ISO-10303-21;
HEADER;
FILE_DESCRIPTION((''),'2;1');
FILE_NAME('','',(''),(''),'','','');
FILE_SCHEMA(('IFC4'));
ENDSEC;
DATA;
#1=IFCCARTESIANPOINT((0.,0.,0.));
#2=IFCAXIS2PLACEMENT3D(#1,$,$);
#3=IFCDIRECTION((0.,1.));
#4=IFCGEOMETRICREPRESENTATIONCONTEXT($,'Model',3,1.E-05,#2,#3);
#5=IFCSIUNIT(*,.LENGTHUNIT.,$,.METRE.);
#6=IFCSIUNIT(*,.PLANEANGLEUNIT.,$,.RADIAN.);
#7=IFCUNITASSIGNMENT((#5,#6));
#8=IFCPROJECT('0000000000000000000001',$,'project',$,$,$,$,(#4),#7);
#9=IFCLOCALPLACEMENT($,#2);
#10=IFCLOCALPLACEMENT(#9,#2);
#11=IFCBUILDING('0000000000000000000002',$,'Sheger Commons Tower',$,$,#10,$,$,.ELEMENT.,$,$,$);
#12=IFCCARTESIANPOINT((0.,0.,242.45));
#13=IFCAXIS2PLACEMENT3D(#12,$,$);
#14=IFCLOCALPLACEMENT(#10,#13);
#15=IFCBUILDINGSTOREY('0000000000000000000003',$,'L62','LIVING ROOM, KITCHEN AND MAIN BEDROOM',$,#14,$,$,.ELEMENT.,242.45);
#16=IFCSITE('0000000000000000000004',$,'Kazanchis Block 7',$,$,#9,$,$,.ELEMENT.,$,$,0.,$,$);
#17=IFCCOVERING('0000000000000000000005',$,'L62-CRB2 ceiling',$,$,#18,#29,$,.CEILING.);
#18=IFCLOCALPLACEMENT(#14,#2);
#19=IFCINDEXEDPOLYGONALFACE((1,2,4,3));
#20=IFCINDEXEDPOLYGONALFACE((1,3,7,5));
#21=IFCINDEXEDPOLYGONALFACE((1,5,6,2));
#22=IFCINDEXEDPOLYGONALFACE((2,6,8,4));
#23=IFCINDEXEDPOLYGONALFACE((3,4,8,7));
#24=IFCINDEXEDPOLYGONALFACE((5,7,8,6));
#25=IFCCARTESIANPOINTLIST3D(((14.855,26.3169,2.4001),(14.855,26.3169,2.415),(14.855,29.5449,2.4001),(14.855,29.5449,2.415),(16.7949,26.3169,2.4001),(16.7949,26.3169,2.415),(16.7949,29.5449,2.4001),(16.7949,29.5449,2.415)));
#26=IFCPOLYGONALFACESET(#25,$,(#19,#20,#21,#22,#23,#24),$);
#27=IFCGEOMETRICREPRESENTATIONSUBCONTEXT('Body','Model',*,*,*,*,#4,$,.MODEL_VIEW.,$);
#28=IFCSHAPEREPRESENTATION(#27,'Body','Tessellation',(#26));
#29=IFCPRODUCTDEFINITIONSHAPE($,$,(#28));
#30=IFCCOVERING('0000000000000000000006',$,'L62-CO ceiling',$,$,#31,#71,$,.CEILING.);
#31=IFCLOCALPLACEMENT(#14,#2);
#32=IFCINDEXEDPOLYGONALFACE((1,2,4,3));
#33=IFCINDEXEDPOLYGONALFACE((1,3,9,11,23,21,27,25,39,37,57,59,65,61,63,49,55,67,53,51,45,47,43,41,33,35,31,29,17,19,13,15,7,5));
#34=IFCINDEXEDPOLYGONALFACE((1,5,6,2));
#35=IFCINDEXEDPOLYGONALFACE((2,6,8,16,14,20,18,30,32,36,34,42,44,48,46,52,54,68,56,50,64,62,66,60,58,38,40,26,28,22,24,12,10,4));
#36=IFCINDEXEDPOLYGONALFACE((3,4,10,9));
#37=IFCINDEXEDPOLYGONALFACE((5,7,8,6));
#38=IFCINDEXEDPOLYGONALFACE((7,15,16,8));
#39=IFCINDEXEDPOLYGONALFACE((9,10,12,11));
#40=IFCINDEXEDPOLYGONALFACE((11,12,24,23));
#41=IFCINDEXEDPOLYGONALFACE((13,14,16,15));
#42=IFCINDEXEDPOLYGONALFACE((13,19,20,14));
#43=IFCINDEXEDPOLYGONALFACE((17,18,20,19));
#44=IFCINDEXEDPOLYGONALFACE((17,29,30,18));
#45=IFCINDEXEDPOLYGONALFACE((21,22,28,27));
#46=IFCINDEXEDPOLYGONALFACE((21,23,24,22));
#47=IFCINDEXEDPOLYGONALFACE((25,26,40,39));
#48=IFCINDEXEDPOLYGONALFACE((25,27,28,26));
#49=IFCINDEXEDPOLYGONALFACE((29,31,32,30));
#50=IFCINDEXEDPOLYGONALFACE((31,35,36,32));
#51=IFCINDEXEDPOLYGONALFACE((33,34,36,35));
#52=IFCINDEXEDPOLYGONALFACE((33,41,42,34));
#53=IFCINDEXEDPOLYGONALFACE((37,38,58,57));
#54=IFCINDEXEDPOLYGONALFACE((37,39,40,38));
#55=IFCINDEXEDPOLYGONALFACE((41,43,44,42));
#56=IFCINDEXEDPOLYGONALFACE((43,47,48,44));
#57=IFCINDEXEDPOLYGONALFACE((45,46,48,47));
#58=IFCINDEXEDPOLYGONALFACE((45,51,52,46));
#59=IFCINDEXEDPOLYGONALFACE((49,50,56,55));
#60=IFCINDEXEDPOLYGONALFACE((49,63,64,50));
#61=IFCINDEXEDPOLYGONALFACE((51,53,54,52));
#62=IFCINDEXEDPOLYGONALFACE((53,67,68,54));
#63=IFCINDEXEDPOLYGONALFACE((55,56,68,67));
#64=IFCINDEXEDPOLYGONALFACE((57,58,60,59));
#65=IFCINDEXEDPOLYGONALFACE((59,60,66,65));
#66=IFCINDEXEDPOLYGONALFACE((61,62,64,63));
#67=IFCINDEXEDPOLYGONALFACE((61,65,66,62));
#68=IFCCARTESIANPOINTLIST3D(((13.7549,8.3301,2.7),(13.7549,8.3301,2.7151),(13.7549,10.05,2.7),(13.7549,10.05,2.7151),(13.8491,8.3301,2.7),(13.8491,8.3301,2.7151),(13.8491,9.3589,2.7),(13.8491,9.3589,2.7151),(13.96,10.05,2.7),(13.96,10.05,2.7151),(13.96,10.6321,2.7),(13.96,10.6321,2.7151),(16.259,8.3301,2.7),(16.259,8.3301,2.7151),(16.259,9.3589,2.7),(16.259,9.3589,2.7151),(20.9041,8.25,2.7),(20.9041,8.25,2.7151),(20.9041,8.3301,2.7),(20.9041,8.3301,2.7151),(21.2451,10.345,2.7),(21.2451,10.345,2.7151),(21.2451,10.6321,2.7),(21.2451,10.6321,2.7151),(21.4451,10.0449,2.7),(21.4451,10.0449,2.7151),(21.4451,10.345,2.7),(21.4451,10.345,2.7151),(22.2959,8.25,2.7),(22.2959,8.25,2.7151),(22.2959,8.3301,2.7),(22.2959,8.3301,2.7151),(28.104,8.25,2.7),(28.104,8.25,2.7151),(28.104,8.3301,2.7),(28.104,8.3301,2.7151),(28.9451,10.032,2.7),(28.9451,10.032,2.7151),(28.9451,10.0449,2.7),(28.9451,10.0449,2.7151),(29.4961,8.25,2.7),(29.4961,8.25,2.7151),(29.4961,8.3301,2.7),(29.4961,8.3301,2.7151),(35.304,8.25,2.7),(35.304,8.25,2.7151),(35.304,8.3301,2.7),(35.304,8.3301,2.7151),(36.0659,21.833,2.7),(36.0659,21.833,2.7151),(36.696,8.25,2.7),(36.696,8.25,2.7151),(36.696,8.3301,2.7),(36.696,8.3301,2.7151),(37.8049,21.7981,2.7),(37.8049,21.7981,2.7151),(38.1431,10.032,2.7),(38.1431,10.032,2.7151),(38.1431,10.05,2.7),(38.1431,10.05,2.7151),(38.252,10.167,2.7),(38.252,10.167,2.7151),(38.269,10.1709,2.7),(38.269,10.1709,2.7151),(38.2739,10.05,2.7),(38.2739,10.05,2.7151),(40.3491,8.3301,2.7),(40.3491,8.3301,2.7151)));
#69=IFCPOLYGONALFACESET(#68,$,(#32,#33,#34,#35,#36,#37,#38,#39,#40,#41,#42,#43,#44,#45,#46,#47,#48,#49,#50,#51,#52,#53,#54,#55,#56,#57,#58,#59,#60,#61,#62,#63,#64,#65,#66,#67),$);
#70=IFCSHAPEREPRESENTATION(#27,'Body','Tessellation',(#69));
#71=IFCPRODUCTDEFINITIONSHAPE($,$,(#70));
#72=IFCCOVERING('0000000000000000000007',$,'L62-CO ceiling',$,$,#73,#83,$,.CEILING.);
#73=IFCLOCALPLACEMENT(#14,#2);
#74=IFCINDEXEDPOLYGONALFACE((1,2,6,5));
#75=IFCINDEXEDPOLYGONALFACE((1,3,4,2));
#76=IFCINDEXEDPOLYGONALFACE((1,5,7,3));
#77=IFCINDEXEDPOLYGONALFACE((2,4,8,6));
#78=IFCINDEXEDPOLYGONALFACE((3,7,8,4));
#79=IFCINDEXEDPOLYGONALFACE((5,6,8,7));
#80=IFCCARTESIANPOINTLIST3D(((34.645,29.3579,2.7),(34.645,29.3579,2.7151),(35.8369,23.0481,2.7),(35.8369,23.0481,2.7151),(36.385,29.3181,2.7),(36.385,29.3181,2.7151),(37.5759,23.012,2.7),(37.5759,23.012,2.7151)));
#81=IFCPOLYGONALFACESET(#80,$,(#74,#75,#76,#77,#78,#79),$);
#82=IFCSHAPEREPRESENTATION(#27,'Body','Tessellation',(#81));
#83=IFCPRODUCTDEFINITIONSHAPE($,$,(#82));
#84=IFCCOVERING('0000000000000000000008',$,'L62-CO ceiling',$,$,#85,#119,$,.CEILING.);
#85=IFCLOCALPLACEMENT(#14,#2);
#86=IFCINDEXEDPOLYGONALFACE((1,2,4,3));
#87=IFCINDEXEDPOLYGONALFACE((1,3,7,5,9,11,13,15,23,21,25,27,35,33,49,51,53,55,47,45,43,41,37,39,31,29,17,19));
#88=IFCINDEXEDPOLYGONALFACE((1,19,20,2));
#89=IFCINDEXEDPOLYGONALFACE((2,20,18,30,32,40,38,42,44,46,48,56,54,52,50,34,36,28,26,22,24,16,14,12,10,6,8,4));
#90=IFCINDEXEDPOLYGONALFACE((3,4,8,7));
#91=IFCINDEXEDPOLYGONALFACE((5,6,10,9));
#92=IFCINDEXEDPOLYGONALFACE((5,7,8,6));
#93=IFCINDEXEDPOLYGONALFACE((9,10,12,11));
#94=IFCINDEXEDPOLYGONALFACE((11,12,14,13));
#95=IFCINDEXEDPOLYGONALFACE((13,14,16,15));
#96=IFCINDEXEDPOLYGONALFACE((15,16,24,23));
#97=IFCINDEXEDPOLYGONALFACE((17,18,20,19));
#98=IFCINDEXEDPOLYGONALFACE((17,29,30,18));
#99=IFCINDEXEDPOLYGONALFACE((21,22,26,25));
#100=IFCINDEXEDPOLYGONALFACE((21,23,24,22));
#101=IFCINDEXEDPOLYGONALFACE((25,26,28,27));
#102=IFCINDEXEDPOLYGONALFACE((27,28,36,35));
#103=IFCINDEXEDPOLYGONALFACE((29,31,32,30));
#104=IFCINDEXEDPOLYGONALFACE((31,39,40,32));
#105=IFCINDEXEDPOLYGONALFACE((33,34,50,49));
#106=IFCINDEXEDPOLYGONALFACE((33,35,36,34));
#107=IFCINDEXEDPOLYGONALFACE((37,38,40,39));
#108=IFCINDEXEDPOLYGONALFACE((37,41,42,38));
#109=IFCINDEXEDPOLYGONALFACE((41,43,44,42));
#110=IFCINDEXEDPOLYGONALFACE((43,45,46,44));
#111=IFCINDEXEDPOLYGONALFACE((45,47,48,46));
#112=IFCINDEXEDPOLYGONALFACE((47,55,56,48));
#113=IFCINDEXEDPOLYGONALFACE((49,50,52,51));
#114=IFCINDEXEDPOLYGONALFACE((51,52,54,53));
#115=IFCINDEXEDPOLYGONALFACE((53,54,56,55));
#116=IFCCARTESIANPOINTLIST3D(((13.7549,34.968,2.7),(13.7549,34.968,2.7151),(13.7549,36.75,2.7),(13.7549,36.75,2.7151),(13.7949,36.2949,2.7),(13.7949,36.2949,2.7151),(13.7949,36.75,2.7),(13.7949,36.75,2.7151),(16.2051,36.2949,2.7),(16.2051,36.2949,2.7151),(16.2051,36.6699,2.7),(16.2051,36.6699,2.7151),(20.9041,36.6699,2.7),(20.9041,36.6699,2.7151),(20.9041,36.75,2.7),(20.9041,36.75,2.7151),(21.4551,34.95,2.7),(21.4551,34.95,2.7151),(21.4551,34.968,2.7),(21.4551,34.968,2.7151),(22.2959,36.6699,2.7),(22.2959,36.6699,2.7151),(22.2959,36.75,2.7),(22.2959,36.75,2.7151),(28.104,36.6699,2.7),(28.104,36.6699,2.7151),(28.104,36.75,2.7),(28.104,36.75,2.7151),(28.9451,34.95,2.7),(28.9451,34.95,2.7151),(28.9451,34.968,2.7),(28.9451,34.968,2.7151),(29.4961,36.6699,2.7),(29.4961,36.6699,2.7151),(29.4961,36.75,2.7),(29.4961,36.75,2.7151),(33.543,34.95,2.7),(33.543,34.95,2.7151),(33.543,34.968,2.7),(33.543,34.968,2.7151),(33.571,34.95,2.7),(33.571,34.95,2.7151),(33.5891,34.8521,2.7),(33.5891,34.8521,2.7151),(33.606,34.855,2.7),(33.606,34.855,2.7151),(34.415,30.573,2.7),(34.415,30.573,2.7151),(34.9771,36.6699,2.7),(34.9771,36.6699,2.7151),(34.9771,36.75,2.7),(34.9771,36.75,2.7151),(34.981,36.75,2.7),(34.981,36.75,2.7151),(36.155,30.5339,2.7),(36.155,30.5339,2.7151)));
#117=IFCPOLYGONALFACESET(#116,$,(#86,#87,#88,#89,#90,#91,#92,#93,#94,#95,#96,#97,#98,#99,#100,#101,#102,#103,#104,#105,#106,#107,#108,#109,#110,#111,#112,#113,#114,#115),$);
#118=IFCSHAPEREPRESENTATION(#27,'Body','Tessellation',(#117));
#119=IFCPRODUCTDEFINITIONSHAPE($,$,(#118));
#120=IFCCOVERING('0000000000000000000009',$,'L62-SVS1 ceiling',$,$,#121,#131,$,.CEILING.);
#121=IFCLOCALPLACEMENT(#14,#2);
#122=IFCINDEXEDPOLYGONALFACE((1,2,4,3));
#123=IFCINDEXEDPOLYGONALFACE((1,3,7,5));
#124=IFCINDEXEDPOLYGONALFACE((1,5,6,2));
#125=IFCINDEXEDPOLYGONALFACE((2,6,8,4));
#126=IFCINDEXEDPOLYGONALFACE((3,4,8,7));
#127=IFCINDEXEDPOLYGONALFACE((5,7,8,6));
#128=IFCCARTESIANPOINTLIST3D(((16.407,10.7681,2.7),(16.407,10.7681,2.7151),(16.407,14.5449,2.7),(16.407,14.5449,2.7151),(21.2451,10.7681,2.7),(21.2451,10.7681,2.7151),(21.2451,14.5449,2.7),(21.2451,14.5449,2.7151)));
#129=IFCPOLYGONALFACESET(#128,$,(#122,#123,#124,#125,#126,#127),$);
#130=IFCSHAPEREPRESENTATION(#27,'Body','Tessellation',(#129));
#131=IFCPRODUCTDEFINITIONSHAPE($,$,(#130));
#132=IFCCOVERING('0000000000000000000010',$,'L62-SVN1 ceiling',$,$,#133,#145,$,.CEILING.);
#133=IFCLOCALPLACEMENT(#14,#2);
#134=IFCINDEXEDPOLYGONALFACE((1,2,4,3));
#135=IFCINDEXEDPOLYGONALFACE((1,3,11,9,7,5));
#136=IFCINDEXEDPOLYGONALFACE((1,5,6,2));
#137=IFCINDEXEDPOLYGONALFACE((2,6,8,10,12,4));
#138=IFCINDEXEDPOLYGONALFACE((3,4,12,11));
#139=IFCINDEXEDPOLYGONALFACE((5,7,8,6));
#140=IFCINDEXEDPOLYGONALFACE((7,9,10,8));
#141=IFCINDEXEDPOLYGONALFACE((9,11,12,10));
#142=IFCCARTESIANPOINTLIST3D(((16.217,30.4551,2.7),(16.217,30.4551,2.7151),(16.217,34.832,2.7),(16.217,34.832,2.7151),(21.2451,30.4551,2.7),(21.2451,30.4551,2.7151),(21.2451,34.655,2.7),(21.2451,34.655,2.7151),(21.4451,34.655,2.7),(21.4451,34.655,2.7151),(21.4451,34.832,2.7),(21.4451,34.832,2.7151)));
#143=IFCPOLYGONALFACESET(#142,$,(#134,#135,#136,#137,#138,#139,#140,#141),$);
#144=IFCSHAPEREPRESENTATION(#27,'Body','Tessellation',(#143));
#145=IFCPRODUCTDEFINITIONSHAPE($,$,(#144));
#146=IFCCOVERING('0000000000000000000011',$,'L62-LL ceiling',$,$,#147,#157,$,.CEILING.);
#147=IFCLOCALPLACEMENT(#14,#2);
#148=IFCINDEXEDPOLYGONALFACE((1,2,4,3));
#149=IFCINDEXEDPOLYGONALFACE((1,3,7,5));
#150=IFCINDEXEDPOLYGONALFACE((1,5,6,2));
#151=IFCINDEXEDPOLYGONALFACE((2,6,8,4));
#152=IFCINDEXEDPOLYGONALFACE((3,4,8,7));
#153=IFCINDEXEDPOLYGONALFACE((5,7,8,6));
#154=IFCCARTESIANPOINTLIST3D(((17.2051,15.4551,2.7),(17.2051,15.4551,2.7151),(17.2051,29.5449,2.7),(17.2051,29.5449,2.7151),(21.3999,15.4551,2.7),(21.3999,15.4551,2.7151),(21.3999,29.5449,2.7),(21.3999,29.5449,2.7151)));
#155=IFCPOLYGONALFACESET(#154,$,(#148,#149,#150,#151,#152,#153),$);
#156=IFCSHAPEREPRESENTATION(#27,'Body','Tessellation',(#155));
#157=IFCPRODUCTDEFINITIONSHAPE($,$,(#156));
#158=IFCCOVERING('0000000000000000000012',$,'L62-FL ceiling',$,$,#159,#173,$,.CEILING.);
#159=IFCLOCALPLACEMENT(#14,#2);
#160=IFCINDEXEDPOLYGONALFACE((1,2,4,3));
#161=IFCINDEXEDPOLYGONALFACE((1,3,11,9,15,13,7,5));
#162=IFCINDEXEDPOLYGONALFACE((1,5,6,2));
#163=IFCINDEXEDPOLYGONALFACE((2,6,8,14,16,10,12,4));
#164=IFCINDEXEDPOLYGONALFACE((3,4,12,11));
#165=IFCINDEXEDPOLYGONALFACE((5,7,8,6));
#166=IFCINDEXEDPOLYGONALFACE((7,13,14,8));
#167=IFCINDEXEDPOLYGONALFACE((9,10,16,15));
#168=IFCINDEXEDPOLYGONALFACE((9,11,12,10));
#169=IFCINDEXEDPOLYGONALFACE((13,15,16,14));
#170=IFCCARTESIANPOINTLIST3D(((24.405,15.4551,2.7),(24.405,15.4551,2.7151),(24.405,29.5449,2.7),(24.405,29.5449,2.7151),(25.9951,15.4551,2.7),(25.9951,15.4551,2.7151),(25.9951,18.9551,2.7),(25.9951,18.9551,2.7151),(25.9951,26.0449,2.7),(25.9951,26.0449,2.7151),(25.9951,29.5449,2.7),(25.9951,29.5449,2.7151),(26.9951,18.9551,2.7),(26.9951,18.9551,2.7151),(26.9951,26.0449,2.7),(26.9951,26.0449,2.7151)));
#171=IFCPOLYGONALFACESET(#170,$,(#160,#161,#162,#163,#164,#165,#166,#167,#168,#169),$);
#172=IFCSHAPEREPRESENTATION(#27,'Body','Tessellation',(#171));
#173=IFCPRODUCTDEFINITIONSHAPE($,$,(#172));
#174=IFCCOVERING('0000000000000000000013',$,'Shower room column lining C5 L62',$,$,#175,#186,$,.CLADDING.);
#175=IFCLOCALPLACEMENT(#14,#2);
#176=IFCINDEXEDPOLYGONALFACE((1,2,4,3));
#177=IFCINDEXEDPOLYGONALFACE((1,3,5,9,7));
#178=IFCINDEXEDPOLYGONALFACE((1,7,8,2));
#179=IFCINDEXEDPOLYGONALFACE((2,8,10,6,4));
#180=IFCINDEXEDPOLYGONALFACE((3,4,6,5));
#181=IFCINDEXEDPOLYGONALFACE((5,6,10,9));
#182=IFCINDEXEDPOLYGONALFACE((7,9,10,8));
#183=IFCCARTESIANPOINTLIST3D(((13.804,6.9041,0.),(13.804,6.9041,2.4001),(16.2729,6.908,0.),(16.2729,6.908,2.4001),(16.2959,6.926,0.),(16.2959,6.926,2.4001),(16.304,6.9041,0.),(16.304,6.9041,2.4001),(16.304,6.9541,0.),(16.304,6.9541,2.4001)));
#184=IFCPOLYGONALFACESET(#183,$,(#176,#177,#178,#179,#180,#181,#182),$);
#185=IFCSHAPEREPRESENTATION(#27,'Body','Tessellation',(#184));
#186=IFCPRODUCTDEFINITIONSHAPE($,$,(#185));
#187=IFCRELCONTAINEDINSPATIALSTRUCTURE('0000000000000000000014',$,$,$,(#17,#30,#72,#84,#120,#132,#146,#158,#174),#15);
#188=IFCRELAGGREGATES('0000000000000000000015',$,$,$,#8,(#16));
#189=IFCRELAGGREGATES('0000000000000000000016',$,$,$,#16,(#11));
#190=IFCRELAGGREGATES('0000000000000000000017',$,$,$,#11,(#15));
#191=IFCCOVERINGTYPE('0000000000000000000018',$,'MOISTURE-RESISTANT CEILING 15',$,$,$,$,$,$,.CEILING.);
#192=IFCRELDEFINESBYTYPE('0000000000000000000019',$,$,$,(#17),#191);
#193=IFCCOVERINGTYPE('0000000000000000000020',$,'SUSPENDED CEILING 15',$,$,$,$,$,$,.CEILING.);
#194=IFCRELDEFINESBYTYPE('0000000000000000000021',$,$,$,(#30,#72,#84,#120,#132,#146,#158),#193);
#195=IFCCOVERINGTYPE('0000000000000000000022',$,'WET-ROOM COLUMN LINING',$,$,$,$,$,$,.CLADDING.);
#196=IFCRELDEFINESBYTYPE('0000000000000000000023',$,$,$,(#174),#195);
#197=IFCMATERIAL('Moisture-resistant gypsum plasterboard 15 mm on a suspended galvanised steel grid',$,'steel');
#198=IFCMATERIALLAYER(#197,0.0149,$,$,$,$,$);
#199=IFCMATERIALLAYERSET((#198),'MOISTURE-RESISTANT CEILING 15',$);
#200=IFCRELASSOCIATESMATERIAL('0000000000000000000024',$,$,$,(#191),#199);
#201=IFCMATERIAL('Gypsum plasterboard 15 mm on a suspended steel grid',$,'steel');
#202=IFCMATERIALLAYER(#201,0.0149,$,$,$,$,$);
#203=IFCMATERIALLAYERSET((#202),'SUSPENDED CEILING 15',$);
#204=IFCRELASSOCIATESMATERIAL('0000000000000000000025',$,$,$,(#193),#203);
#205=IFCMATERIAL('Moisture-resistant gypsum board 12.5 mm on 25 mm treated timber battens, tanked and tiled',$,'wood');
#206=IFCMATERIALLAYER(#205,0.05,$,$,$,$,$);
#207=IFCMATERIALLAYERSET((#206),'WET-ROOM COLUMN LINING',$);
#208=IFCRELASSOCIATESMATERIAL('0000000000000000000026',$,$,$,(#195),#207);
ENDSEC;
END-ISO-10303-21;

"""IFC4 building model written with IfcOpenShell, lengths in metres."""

from ifc_helpers import new_model, si_unit, direction, frame, origin, place, context, subcontext, project, spatial, polyline, outline, extrude, material, layer, layer_set, type_object, element, save


model = new_model("IFC4")

# Units and contexts
model_context = context("Model", 3, precision=1e-05, world=origin(), true_north=direction((0.0, 1.0)))
body_context = subcontext(model_context, "Body", "Model", "MODEL_VIEW")
ifc_project = project(units=[si_unit("LENGTHUNIT", "METRE"), si_unit("PLANEANGLEUNIT", "RADIAN")], contexts=[model_context])

# Site, building, storey
site_placement = place(None, origin())
site = spatial("IfcSite", under=ifc_project, at=site_placement, Name="Kazanchis Block 7", CompositionType="ELEMENT", RefElevation=0.0)
building_placement = place(site_placement, origin())
building = spatial("IfcBuilding", under=site, at=building_placement, Name="Sheger Commons Tower", CompositionType="ELEMENT")
storey_placement = place(building_placement, frame((0.0, 0.0, 242.45)))
storey = spatial("IfcBuildingStorey", under=building, at=storey_placement, Name="L62", Description="LIVING ROOM, KITCHEN AND MAIN BEDROOM", CompositionType="ELEMENT", Elevation=242.45)

# Coverings
ifc_material_1 = material(Name="Moisture-resistant gypsum plasterboard 15 mm on a suspended galvanised steel grid", Category="steel")
ifc_layer_1 = layer(ifc_material_1, 0.0149)
ifc_layer_set_1 = layer_set([ifc_layer_1], Name="MOISTURE-RESISTANT CEILING 15")
covering_type_1 = type_object("IfcCoveringType", Name="MOISTURE-RESISTANT CEILING 15", PredefinedType="CEILING", material=ifc_layer_set_1)
covering_1_placement = place(storey_placement, frame((0.0, 0.0, 2.4001)))
element("IfcCovering", 1, at=covering_1_placement, inside=storey, type_object=covering_type_1, Name="L62-CRB2 ceiling", PredefinedType="CEILING", context=body_context, shape_type="SweptSolid", body=[
    extrude(outline(polyline([(14.855, 26.3169), (16.7949, 26.3169), (16.7949, 29.5449), (14.855, 29.5449), (14.855, 26.3169)])), origin(), (0.0, 0.0, 1.0), 0.0149),
])
ifc_material_2 = material(Name="Gypsum plasterboard 15 mm on a suspended steel grid", Category="steel")
ifc_layer_2 = layer(ifc_material_2, 0.0149)
ifc_layer_set_2 = layer_set([ifc_layer_2], Name="SUSPENDED CEILING 15")
covering_type_2 = type_object("IfcCoveringType", Name="SUSPENDED CEILING 15", PredefinedType="CEILING", material=ifc_layer_set_2)
covering_2_placement = place(storey_placement, frame((0.0, 0.0, 2.7)))
element("IfcCovering", 2, at=covering_2_placement, inside=storey, type_object=covering_type_2, Name="L62-CO ceiling", PredefinedType="CEILING", context=body_context, shape_type="SweptSolid", body=[
    extrude(outline(polyline([(20.9041, 8.25), (22.2959, 8.25), (22.2959, 8.3301), (28.104, 8.3301), (28.104, 8.25), (29.4961, 8.25), (29.4961, 8.3301), (35.304, 8.3301), (35.304, 8.25), (36.696, 8.25), (36.696, 8.3301), (40.3491, 8.3301), (37.8049, 21.7981), (36.0659, 21.833), (38.269, 10.1709), (38.252, 10.167), (38.2739, 10.05), (38.1431, 10.05), (38.1431, 10.032), (28.9451, 10.032), (28.9451, 10.0449), (21.4451, 10.0449), (21.4451, 10.345), (21.2451, 10.345), (21.2451, 10.6321), (13.96, 10.6321), (13.96, 10.05), (13.7549, 10.05), (13.7549, 8.3301), (13.8491, 8.3301), (13.8491, 9.3589), (16.259, 9.3589), (16.259, 8.3301), (20.9041, 8.3301), (20.9041, 8.25)])), origin(), (0.0, 0.0, 1.0), 0.0151),
])
covering_3_placement = place(storey_placement, frame((0.0, 0.0, 2.7)))
element("IfcCovering", 3, at=covering_3_placement, inside=storey, type_object=covering_type_2, Name="L62-CO ceiling", PredefinedType="CEILING", context=body_context, shape_type="SweptSolid", body=[
    extrude(outline(polyline([(37.5759, 23.012), (36.385, 29.3181), (34.645, 29.3579), (35.8369, 23.0481), (37.5759, 23.012)])), origin(), (0.0, 0.0, 1.0), 0.0151),
])
covering_4_placement = place(storey_placement, frame((0.0, 0.0, 2.7)))
element("IfcCovering", 4, at=covering_4_placement, inside=storey, type_object=covering_type_2, Name="L62-CO ceiling", PredefinedType="CEILING", context=body_context, shape_type="SweptSolid", body=[
    extrude(outline(polyline([(36.155, 30.5339), (34.981, 36.75), (34.9771, 36.75), (34.9771, 36.6699), (29.4961, 36.6699), (29.4961, 36.75), (28.104, 36.75), (28.104, 36.6699), (22.2959, 36.6699), (22.2959, 36.75), (20.9041, 36.75), (20.9041, 36.6699), (16.2051, 36.6699), (16.2051, 36.2949), (13.7949, 36.2949), (13.7949, 36.75), (13.7549, 36.75), (13.7549, 34.968), (21.4551, 34.968), (21.4551, 34.95), (28.9451, 34.95), (28.9451, 34.968), (33.543, 34.968), (33.543, 34.95), (33.571, 34.95), (33.5891, 34.8521), (33.606, 34.855), (34.415, 30.573), (36.155, 30.5339)])), origin(), (0.0, 0.0, 1.0), 0.0151),
])
covering_5_placement = place(storey_placement, frame((0.0, 0.0, 2.7)))
element("IfcCovering", 5, at=covering_5_placement, inside=storey, type_object=covering_type_2, Name="L62-SVS1 ceiling", PredefinedType="CEILING", context=body_context, shape_type="SweptSolid", body=[
    extrude(outline(polyline([(16.407, 10.7681), (21.2451, 10.7681), (21.2451, 14.5449), (16.407, 14.5449), (16.407, 10.7681)])), origin(), (0.0, 0.0, 1.0), 0.0151),
])
covering_6_placement = place(storey_placement, frame((0.0, 0.0, 2.7)))
element("IfcCovering", 6, at=covering_6_placement, inside=storey, type_object=covering_type_2, Name="L62-SVN1 ceiling", PredefinedType="CEILING", context=body_context, shape_type="SweptSolid", body=[
    extrude(outline(polyline([(16.217, 30.4551), (21.2451, 30.4551), (21.2451, 34.655), (21.4451, 34.655), (21.4451, 34.832), (16.217, 34.832), (16.217, 30.4551)])), origin(), (0.0, 0.0, 1.0), 0.0151),
])
covering_7_placement = place(storey_placement, frame((0.0, 0.0, 2.7)))
element("IfcCovering", 7, at=covering_7_placement, inside=storey, type_object=covering_type_2, Name="L62-LL ceiling", PredefinedType="CEILING", context=body_context, shape_type="SweptSolid", body=[
    extrude(outline(polyline([(17.2051, 15.4551), (21.3999, 15.4551), (21.3999, 29.5449), (17.2051, 29.5449), (17.2051, 15.4551)])), origin(), (0.0, 0.0, 1.0), 0.0151),
])
covering_8_placement = place(storey_placement, frame((0.0, 0.0, 2.7)))
element("IfcCovering", 8, at=covering_8_placement, inside=storey, type_object=covering_type_2, Name="L62-FL ceiling", PredefinedType="CEILING", context=body_context, shape_type="SweptSolid", body=[
    extrude(outline(polyline([(24.405, 15.4551), (25.9951, 15.4551), (25.9951, 18.9551), (26.9951, 18.9551), (26.9951, 26.0449), (25.9951, 26.0449), (25.9951, 29.5449), (24.405, 29.5449), (24.405, 15.4551)])), origin(), (0.0, 0.0, 1.0), 0.0151),
])
ifc_material_3 = material(Name="Moisture-resistant gypsum board 12.5 mm on 25 mm treated timber battens, tanked and tiled", Category="wood")
ifc_layer_3 = layer(ifc_material_3, 0.05)
ifc_layer_set_3 = layer_set([ifc_layer_3], Name="WET-ROOM COLUMN LINING")
covering_type_3 = type_object("IfcCoveringType", Name="WET-ROOM COLUMN LINING", PredefinedType="CLADDING", material=ifc_layer_set_3)
covering_9_placement = place(storey_placement, origin())
element("IfcCovering", 9, at=covering_9_placement, inside=storey, type_object=covering_type_3, Name="Shower room column lining C5 L62", PredefinedType="CLADDING", context=body_context, shape_type="SweptSolid", body=[
    extrude(outline(polyline([(16.2729, 6.908), (16.2959, 6.926), (16.304, 6.9541), (16.304, 8.175), (16.304, 6.9041), (13.804, 6.9041), (16.2729, 6.908)])), origin(), (0.0, 0.0, 1.0), 2.4001),
])

save(model, "model.ifc")
